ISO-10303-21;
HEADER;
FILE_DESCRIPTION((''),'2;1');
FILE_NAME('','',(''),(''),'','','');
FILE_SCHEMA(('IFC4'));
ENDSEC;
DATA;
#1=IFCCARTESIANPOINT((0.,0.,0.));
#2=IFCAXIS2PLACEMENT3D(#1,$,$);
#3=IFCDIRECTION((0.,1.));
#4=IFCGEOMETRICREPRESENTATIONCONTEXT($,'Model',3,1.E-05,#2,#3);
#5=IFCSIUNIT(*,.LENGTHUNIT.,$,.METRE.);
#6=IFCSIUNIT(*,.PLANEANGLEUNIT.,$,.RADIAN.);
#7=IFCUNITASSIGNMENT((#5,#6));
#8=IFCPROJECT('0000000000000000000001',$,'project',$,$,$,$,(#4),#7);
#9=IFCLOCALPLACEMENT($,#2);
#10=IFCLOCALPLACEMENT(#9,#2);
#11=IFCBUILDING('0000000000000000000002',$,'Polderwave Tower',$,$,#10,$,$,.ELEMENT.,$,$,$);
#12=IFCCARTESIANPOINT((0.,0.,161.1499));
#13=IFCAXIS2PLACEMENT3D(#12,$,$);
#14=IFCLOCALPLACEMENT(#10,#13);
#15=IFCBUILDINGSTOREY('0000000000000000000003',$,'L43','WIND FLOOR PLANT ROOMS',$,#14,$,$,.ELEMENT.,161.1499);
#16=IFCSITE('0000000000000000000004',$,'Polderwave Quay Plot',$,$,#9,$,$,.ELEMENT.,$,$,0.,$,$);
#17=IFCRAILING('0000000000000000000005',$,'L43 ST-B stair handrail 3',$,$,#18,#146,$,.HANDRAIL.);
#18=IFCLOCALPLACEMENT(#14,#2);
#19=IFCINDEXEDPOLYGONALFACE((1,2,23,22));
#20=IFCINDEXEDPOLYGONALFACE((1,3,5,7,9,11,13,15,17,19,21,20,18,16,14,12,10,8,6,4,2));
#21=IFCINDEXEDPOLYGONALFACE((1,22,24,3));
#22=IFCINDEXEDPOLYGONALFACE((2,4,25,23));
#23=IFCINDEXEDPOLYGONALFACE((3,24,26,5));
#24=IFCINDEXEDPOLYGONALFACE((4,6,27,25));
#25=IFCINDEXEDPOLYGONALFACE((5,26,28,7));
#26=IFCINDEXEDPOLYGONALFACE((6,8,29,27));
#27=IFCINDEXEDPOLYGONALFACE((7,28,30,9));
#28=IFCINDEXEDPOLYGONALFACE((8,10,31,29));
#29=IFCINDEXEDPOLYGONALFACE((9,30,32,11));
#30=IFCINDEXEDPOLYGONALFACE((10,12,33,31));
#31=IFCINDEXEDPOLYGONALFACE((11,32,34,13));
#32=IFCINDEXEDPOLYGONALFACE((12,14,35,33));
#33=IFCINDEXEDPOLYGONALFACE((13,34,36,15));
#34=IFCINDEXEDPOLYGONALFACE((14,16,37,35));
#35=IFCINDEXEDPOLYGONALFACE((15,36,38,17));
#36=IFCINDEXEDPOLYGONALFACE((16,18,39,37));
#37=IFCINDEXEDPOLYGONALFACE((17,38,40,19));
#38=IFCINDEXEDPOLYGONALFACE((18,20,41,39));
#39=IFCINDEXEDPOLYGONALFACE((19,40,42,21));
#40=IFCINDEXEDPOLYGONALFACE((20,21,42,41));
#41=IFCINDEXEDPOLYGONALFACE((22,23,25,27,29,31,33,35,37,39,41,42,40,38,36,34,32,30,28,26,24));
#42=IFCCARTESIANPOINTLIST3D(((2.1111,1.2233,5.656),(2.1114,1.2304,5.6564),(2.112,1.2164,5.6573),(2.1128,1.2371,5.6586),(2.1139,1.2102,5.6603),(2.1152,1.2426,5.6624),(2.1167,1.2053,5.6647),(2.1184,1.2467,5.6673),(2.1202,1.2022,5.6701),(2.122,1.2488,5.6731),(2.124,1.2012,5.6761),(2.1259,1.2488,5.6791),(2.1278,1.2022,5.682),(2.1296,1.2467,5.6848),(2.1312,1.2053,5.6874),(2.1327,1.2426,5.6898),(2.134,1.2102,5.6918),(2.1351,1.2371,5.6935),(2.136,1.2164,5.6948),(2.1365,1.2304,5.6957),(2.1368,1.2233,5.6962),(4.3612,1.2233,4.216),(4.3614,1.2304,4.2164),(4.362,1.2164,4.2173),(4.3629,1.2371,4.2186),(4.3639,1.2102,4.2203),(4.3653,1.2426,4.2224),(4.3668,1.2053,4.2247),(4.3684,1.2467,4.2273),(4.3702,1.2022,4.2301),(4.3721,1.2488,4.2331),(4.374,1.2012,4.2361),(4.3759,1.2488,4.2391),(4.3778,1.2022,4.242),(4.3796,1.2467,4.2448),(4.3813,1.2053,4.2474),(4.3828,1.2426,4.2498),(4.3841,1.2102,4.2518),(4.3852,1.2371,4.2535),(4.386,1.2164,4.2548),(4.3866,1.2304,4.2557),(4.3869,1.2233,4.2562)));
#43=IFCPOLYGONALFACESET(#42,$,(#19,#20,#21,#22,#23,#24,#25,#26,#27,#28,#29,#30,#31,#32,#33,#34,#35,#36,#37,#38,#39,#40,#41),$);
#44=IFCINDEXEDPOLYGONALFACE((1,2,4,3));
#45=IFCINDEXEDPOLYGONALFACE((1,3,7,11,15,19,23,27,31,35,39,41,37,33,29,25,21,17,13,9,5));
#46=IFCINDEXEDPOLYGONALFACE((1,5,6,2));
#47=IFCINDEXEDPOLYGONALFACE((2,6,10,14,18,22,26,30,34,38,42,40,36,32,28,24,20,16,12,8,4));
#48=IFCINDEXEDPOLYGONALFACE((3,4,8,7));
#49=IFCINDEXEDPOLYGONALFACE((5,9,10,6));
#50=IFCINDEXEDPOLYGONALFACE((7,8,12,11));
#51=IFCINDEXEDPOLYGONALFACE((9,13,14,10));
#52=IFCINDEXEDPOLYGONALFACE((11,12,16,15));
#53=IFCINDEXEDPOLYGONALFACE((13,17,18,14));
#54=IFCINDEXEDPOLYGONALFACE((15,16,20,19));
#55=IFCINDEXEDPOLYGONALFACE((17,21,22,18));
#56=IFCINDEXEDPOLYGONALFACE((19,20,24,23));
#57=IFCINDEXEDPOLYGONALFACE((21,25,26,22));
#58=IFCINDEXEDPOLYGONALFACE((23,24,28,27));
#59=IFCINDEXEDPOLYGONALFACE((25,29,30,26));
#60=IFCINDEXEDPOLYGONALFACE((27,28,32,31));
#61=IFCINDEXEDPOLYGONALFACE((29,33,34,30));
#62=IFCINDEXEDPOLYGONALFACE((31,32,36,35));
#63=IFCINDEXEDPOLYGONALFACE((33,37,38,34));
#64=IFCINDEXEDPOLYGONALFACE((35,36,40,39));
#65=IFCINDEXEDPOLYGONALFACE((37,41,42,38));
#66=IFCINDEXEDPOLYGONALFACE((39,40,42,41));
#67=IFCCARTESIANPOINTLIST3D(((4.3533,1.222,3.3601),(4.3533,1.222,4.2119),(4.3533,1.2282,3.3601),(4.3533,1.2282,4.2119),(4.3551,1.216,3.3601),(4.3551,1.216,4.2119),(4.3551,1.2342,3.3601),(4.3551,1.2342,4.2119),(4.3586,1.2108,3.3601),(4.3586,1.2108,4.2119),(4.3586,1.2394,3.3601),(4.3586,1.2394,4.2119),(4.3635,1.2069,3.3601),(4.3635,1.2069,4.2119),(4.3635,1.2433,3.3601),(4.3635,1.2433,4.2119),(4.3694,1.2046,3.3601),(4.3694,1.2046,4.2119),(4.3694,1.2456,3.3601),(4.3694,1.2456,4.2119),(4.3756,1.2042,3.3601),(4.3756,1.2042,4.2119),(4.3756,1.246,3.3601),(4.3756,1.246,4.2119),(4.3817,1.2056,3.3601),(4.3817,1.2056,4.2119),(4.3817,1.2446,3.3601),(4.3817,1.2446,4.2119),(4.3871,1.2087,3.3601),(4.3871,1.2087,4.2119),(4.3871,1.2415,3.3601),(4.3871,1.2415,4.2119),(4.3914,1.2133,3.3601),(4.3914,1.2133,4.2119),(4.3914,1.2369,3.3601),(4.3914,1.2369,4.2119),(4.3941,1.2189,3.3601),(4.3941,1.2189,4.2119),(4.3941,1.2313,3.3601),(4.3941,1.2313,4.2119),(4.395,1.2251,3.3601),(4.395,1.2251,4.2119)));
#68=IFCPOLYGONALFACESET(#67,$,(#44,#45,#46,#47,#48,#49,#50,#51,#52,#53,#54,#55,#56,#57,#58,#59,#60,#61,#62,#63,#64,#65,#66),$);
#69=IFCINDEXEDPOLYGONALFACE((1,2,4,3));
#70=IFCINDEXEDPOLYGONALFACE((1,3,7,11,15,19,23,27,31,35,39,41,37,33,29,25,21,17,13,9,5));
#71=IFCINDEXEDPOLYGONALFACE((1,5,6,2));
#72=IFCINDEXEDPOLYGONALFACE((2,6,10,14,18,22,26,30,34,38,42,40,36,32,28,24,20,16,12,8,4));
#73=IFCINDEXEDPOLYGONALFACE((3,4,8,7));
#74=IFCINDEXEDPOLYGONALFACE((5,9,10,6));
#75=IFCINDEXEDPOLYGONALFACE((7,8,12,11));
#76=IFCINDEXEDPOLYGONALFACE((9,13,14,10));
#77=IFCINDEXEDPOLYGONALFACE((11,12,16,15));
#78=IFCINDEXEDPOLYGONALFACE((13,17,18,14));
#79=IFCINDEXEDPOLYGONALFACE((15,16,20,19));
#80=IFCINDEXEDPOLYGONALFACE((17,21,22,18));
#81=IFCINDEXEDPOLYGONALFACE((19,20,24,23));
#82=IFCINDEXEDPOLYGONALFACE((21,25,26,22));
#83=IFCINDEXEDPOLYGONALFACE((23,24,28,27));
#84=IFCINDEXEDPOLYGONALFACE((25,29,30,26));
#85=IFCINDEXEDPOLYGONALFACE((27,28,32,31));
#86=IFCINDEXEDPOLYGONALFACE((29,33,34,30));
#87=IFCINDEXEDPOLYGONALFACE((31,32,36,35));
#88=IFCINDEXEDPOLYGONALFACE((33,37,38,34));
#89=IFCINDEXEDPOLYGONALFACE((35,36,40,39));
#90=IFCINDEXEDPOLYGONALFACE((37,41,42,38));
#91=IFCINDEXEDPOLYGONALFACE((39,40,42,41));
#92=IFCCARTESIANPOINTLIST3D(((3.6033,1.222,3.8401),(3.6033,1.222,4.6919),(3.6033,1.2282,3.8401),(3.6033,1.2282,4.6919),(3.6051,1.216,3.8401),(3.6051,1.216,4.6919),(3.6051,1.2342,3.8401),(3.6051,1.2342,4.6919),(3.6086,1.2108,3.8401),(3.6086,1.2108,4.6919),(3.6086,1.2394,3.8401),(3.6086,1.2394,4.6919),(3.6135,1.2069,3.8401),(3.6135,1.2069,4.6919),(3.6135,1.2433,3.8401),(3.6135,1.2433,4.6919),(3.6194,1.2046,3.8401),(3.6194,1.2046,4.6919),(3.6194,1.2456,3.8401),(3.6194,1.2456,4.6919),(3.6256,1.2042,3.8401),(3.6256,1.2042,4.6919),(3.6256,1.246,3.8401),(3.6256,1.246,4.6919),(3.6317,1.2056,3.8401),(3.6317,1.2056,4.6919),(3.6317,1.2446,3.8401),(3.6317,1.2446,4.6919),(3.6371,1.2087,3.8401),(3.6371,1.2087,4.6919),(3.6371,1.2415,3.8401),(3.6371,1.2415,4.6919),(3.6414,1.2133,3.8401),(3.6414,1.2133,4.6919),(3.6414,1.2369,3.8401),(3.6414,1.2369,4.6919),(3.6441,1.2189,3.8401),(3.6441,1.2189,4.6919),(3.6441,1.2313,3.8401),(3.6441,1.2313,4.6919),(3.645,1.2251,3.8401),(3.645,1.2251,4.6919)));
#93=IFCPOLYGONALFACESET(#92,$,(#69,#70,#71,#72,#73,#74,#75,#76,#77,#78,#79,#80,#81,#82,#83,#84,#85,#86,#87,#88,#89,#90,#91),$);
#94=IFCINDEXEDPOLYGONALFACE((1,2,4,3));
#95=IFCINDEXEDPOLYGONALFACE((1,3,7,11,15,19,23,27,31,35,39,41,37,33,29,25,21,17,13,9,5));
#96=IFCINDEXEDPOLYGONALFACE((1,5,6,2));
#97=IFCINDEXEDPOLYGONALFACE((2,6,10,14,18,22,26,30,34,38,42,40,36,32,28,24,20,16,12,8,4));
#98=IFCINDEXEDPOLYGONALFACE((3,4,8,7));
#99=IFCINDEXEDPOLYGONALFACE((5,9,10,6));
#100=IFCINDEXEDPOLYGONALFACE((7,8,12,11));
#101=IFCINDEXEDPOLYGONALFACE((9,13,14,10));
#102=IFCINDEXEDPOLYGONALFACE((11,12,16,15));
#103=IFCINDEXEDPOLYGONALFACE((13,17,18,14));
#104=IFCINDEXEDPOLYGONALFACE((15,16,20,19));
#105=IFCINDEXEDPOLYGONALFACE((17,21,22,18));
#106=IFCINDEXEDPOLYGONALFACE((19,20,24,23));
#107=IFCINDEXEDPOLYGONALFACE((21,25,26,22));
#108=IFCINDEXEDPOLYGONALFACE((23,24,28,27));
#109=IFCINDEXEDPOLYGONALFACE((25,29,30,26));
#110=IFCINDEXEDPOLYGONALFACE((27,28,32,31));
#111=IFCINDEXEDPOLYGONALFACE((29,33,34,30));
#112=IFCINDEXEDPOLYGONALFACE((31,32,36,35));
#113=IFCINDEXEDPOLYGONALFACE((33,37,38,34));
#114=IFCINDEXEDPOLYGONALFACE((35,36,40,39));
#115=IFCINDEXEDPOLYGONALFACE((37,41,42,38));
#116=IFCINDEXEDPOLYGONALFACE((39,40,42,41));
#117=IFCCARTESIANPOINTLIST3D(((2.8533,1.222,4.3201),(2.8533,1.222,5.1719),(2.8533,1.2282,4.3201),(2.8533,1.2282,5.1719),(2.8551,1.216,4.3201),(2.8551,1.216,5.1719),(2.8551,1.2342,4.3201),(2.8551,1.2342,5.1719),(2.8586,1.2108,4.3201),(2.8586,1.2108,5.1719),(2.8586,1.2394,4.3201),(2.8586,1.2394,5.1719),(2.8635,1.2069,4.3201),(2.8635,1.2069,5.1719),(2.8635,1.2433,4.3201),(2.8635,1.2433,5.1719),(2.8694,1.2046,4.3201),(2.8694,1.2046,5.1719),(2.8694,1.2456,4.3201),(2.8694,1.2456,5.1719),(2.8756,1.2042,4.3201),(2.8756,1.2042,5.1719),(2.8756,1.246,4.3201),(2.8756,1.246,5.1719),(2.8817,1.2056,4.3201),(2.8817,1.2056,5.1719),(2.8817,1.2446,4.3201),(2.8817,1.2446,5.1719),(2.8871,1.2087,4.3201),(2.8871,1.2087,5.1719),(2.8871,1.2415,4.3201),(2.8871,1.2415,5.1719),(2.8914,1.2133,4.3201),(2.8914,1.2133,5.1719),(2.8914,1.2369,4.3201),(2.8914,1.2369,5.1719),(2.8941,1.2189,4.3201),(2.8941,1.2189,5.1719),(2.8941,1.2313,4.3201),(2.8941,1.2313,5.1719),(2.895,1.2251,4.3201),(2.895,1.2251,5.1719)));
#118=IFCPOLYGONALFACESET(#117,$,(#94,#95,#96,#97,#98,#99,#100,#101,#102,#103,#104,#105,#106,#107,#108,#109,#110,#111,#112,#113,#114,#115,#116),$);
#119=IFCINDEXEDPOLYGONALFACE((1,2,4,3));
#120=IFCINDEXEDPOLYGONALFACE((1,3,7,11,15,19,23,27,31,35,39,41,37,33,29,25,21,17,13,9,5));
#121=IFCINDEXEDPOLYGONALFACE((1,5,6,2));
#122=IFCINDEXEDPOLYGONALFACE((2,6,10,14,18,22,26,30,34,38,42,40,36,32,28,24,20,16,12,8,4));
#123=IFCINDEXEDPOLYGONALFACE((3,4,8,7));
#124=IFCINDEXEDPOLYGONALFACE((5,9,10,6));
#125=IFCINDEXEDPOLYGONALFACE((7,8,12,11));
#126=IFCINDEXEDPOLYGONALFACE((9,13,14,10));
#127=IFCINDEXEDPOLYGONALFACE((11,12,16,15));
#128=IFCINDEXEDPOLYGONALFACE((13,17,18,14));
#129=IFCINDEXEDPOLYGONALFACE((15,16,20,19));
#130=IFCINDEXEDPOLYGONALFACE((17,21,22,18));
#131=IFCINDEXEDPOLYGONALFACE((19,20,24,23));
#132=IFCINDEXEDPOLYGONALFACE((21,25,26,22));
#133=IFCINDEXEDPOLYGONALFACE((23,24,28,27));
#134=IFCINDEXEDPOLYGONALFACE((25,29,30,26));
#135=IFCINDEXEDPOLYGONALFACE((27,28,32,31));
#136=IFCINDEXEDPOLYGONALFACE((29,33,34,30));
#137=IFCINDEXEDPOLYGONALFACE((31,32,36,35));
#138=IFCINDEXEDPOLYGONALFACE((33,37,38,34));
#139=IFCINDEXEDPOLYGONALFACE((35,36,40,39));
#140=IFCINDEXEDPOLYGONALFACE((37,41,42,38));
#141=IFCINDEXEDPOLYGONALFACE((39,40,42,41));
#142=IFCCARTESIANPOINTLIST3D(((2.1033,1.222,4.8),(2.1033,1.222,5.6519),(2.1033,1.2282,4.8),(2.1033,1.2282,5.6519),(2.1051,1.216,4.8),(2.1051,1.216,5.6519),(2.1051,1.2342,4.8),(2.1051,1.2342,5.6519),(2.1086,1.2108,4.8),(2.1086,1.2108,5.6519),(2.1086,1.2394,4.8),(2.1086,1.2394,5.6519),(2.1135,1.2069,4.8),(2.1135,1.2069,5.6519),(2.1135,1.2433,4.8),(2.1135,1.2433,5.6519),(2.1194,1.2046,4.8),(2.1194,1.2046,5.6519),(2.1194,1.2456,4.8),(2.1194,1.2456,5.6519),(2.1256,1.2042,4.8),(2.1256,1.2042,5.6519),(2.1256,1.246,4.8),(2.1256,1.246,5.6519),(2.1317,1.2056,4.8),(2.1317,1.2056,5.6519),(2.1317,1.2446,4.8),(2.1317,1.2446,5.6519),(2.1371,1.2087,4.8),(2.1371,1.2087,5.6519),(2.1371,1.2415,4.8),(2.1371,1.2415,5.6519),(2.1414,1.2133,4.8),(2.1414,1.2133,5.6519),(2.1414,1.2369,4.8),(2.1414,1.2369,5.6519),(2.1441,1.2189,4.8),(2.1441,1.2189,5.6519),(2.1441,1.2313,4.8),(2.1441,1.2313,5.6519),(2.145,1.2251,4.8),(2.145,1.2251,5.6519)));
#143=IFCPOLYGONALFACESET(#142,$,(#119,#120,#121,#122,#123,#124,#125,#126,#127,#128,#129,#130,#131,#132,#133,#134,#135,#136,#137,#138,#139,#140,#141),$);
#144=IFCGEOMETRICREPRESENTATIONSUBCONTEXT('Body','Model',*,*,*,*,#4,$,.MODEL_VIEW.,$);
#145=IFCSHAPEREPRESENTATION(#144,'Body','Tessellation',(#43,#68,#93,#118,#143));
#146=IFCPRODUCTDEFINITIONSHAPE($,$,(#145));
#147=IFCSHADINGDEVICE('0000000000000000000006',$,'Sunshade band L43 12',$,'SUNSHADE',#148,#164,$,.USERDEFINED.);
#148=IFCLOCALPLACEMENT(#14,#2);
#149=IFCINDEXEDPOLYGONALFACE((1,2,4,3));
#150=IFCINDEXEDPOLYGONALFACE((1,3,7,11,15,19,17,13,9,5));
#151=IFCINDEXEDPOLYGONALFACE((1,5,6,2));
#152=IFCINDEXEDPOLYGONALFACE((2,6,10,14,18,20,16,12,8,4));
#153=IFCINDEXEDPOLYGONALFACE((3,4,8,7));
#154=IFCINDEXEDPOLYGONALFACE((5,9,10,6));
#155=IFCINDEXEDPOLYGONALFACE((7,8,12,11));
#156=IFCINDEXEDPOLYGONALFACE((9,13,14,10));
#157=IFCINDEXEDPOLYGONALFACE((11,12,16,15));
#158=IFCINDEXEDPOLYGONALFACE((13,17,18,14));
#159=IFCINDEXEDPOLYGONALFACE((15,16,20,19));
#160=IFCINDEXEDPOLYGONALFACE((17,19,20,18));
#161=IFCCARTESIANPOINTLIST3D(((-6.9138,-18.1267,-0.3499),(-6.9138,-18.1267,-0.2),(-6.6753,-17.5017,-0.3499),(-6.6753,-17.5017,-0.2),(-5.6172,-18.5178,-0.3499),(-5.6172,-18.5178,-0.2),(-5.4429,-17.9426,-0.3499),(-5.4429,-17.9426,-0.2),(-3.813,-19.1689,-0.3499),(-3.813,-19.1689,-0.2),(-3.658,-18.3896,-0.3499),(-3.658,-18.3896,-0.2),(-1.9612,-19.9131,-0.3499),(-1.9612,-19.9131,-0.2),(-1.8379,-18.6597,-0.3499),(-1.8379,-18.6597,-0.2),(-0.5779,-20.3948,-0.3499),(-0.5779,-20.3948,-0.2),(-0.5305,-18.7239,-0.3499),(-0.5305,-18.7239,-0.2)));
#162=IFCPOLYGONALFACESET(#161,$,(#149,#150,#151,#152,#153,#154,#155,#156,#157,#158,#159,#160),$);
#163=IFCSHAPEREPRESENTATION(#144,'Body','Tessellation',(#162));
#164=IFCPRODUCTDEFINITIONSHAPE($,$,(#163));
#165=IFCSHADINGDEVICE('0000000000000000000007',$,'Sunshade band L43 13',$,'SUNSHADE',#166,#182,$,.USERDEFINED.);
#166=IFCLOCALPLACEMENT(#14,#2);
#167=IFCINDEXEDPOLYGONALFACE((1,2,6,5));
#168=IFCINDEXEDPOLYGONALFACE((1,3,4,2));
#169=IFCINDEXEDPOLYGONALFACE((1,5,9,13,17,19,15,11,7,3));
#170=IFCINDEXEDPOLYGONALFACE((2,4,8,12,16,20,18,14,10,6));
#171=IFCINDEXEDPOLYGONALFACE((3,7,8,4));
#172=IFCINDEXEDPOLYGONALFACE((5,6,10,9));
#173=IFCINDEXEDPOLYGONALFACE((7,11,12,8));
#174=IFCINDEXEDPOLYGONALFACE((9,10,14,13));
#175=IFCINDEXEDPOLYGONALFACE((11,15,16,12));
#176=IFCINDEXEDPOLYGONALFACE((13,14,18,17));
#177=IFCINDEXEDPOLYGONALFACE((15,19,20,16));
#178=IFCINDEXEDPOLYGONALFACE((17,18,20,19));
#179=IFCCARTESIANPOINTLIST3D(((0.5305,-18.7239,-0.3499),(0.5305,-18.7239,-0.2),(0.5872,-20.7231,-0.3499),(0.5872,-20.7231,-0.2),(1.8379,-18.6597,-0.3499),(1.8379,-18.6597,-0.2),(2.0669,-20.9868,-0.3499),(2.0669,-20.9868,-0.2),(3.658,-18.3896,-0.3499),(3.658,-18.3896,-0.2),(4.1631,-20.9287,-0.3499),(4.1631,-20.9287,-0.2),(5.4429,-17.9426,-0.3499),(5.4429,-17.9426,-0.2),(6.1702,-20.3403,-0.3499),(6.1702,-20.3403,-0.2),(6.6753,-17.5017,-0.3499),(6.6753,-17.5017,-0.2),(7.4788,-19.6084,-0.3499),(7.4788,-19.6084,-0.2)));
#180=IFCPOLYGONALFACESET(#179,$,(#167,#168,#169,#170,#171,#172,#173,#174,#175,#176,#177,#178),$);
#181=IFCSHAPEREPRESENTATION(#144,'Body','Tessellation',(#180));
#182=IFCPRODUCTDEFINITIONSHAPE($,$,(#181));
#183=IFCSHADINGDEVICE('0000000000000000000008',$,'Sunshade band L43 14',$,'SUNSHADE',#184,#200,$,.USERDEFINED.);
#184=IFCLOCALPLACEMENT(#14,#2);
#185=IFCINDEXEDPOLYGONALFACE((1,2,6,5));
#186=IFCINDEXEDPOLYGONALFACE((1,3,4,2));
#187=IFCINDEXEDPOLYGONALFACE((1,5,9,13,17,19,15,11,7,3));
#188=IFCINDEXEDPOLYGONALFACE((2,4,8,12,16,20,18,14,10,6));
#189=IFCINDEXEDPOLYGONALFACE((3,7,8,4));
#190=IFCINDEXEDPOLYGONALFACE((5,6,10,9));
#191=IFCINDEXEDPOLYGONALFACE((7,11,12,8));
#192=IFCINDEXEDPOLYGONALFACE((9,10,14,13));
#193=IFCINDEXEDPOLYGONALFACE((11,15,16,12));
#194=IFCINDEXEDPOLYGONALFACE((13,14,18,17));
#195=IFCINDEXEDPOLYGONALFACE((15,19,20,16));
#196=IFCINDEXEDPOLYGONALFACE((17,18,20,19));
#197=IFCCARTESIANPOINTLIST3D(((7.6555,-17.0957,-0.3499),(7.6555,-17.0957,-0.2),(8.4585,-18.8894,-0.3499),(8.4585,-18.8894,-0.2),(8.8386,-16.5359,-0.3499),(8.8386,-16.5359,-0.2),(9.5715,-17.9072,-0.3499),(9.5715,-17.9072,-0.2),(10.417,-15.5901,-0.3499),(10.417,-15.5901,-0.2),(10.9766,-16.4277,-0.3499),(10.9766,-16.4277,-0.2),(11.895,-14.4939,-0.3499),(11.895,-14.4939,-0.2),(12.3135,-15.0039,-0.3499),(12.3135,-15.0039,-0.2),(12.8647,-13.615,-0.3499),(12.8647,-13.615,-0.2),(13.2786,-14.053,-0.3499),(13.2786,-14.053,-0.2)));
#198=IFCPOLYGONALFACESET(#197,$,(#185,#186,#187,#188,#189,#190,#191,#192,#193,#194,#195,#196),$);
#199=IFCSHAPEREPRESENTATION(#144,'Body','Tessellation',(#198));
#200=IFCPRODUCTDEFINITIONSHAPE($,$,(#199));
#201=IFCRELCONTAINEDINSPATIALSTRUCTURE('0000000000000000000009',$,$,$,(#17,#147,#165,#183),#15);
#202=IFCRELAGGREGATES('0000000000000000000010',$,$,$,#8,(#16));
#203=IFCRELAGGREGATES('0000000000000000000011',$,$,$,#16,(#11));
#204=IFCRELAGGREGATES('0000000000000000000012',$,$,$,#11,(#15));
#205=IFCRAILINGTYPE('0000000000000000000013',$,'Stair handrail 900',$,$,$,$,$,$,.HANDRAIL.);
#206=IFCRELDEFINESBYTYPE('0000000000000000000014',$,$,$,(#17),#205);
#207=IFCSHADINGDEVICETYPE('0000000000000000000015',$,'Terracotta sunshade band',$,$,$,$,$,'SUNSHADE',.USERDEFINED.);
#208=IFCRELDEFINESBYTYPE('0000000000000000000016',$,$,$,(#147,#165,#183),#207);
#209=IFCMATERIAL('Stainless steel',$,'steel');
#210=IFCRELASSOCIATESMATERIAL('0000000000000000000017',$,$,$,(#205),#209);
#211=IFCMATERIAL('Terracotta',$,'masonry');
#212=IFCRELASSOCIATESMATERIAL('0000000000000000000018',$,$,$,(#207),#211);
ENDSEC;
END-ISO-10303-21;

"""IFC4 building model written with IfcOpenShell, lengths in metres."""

from ifc_helpers import new_model, si_unit, direction, frame, origin, origin_2d, place, context, subcontext, project, spatial, polyline, circle, outline, extrude, material, type_object, element, save


model = new_model("IFC4")

# Units and contexts
model_context = context("Model", 3, precision=1e-05, world=origin(), true_north=direction((0.0, 1.0)))
body_context = subcontext(model_context, "Body", "Model", "MODEL_VIEW")
ifc_project = project(units=[si_unit("LENGTHUNIT", "METRE"), si_unit("PLANEANGLEUNIT", "RADIAN")], contexts=[model_context])

# Site, building, storey
site_placement = place(None, origin())
site = spatial("IfcSite", under=ifc_project, at=site_placement, Name="Polderwave Quay Plot", CompositionType="ELEMENT", RefElevation=0.0)
building_placement = place(site_placement, origin())
building = spatial("IfcBuilding", under=site, at=building_placement, Name="Polderwave Tower", CompositionType="ELEMENT")
storey_placement = place(building_placement, frame((0.0, 0.0, 161.1499)))
storey = spatial("IfcBuildingStorey", under=building, at=storey_placement, Name="L43", Description="WIND FLOOR PLANT ROOMS", CompositionType="ELEMENT", Elevation=161.1499)

# Railing
ifc_material_1 = material(Name="Stainless steel", Category="steel")
railing_type_1 = type_object("IfcRailingType", Name="Stair handrail 900", PredefinedType="HANDRAIL", material=ifc_material_1)
for number, where, name in (
    (1, (4.374, 1.2251, 3.3601), "L43 ST-B stair handrail 3"),
):
    element("IfcRailing", number, at=place(storey_placement, frame(where)), inside=storey, type_object=railing_type_1, Name=name, PredefinedType="HANDRAIL", context=body_context, shape_type="SweptSolid", body=[
        extrude(circle(Radius=0.0239, at=origin_2d()), frame((0.0, 0.0, 0.876), z_axis=(-0.842281, 0.0, 0.539038), x_axis=(0.0, -1.0, 0.0)), (0.0, 0.0, 1.0), 2.6714),
        extrude(circle(Radius=0.021, at=origin_2d()), origin(), (0.0, 0.0, 1.0), 0.8518),
        extrude(circle(Radius=0.021, at=origin_2d()), frame((-0.75, 0.0, 0.48)), (0.0, 0.0, 1.0), 0.8518),
        extrude(circle(Radius=0.021, at=origin_2d()), frame((-1.5, 0.0, 0.96)), (0.0, 0.0, 1.0), 0.8518),
        extrude(circle(Radius=0.021, at=origin_2d()), frame((-2.25, 0.0, 1.4399)), (0.0, 0.0, 1.0), 0.8518),
    ])

# Shading devices
ifc_material_2 = material(Name="Terracotta", Category="masonry")
shading_device_type = type_object("IfcShadingDeviceType", Name="Terracotta sunshade band", ElementType="SUNSHADE", PredefinedType="USERDEFINED", material=ifc_material_2)
shading_device_1_placement = place(storey_placement, frame((0.0, 0.0, -0.3499)))
element("IfcShadingDevice", 2, at=shading_device_1_placement, inside=storey, type_object=shading_device_type, Name="Sunshade band L43 12", ObjectType="SUNSHADE", PredefinedType="USERDEFINED", context=body_context, shape_type="SweptSolid", body=[
    extrude(outline(polyline([(-6.6753, -17.5017), (-5.4429, -17.9426), (-3.658, -18.3896), (-1.8379, -18.6597), (-0.5305, -18.7239), (-0.5779, -20.3948), (-1.9612, -19.9131), (-3.813, -19.1689), (-5.6172, -18.5178), (-6.9138, -18.1267), (-6.6753, -17.5017)])), origin(), (0.0, 0.0, 1.0), 0.1499),
])
shading_device_2_placement = place(storey_placement, frame((0.0, 0.0, -0.3499)))
element("IfcShadingDevice", 3, at=shading_device_2_placement, inside=storey, type_object=shading_device_type, Name="Sunshade band L43 13", ObjectType="SUNSHADE", PredefinedType="USERDEFINED", context=body_context, shape_type="SweptSolid", body=[
    extrude(outline(polyline([(0.5305, -18.7239), (1.8379, -18.6597), (3.658, -18.3896), (5.4429, -17.9426), (6.6753, -17.5017), (7.4788, -19.6084), (6.1702, -20.3403), (4.1631, -20.9287), (2.0669, -20.9868), (0.5872, -20.7231), (0.5305, -18.7239)])), origin(), (0.0, 0.0, 1.0), 0.1499),
])
shading_device_3_placement = place(storey_placement, frame((0.0, 0.0, -0.3499)))
element("IfcShadingDevice", 4, at=shading_device_3_placement, inside=storey, type_object=shading_device_type, Name="Sunshade band L43 14", ObjectType="SUNSHADE", PredefinedType="USERDEFINED", context=body_context, shape_type="SweptSolid", body=[
    extrude(outline(polyline([(7.6555, -17.0957), (8.8386, -16.5359), (10.417, -15.5901), (11.895, -14.4939), (12.8647, -13.615), (13.2786, -14.053), (12.3135, -15.0039), (10.9766, -16.4277), (9.5715, -17.9072), (8.4585, -18.8894), (7.6555, -17.0957)])), origin(), (0.0, 0.0, 1.0), 0.1499),
])

save(model, "model.ifc")
